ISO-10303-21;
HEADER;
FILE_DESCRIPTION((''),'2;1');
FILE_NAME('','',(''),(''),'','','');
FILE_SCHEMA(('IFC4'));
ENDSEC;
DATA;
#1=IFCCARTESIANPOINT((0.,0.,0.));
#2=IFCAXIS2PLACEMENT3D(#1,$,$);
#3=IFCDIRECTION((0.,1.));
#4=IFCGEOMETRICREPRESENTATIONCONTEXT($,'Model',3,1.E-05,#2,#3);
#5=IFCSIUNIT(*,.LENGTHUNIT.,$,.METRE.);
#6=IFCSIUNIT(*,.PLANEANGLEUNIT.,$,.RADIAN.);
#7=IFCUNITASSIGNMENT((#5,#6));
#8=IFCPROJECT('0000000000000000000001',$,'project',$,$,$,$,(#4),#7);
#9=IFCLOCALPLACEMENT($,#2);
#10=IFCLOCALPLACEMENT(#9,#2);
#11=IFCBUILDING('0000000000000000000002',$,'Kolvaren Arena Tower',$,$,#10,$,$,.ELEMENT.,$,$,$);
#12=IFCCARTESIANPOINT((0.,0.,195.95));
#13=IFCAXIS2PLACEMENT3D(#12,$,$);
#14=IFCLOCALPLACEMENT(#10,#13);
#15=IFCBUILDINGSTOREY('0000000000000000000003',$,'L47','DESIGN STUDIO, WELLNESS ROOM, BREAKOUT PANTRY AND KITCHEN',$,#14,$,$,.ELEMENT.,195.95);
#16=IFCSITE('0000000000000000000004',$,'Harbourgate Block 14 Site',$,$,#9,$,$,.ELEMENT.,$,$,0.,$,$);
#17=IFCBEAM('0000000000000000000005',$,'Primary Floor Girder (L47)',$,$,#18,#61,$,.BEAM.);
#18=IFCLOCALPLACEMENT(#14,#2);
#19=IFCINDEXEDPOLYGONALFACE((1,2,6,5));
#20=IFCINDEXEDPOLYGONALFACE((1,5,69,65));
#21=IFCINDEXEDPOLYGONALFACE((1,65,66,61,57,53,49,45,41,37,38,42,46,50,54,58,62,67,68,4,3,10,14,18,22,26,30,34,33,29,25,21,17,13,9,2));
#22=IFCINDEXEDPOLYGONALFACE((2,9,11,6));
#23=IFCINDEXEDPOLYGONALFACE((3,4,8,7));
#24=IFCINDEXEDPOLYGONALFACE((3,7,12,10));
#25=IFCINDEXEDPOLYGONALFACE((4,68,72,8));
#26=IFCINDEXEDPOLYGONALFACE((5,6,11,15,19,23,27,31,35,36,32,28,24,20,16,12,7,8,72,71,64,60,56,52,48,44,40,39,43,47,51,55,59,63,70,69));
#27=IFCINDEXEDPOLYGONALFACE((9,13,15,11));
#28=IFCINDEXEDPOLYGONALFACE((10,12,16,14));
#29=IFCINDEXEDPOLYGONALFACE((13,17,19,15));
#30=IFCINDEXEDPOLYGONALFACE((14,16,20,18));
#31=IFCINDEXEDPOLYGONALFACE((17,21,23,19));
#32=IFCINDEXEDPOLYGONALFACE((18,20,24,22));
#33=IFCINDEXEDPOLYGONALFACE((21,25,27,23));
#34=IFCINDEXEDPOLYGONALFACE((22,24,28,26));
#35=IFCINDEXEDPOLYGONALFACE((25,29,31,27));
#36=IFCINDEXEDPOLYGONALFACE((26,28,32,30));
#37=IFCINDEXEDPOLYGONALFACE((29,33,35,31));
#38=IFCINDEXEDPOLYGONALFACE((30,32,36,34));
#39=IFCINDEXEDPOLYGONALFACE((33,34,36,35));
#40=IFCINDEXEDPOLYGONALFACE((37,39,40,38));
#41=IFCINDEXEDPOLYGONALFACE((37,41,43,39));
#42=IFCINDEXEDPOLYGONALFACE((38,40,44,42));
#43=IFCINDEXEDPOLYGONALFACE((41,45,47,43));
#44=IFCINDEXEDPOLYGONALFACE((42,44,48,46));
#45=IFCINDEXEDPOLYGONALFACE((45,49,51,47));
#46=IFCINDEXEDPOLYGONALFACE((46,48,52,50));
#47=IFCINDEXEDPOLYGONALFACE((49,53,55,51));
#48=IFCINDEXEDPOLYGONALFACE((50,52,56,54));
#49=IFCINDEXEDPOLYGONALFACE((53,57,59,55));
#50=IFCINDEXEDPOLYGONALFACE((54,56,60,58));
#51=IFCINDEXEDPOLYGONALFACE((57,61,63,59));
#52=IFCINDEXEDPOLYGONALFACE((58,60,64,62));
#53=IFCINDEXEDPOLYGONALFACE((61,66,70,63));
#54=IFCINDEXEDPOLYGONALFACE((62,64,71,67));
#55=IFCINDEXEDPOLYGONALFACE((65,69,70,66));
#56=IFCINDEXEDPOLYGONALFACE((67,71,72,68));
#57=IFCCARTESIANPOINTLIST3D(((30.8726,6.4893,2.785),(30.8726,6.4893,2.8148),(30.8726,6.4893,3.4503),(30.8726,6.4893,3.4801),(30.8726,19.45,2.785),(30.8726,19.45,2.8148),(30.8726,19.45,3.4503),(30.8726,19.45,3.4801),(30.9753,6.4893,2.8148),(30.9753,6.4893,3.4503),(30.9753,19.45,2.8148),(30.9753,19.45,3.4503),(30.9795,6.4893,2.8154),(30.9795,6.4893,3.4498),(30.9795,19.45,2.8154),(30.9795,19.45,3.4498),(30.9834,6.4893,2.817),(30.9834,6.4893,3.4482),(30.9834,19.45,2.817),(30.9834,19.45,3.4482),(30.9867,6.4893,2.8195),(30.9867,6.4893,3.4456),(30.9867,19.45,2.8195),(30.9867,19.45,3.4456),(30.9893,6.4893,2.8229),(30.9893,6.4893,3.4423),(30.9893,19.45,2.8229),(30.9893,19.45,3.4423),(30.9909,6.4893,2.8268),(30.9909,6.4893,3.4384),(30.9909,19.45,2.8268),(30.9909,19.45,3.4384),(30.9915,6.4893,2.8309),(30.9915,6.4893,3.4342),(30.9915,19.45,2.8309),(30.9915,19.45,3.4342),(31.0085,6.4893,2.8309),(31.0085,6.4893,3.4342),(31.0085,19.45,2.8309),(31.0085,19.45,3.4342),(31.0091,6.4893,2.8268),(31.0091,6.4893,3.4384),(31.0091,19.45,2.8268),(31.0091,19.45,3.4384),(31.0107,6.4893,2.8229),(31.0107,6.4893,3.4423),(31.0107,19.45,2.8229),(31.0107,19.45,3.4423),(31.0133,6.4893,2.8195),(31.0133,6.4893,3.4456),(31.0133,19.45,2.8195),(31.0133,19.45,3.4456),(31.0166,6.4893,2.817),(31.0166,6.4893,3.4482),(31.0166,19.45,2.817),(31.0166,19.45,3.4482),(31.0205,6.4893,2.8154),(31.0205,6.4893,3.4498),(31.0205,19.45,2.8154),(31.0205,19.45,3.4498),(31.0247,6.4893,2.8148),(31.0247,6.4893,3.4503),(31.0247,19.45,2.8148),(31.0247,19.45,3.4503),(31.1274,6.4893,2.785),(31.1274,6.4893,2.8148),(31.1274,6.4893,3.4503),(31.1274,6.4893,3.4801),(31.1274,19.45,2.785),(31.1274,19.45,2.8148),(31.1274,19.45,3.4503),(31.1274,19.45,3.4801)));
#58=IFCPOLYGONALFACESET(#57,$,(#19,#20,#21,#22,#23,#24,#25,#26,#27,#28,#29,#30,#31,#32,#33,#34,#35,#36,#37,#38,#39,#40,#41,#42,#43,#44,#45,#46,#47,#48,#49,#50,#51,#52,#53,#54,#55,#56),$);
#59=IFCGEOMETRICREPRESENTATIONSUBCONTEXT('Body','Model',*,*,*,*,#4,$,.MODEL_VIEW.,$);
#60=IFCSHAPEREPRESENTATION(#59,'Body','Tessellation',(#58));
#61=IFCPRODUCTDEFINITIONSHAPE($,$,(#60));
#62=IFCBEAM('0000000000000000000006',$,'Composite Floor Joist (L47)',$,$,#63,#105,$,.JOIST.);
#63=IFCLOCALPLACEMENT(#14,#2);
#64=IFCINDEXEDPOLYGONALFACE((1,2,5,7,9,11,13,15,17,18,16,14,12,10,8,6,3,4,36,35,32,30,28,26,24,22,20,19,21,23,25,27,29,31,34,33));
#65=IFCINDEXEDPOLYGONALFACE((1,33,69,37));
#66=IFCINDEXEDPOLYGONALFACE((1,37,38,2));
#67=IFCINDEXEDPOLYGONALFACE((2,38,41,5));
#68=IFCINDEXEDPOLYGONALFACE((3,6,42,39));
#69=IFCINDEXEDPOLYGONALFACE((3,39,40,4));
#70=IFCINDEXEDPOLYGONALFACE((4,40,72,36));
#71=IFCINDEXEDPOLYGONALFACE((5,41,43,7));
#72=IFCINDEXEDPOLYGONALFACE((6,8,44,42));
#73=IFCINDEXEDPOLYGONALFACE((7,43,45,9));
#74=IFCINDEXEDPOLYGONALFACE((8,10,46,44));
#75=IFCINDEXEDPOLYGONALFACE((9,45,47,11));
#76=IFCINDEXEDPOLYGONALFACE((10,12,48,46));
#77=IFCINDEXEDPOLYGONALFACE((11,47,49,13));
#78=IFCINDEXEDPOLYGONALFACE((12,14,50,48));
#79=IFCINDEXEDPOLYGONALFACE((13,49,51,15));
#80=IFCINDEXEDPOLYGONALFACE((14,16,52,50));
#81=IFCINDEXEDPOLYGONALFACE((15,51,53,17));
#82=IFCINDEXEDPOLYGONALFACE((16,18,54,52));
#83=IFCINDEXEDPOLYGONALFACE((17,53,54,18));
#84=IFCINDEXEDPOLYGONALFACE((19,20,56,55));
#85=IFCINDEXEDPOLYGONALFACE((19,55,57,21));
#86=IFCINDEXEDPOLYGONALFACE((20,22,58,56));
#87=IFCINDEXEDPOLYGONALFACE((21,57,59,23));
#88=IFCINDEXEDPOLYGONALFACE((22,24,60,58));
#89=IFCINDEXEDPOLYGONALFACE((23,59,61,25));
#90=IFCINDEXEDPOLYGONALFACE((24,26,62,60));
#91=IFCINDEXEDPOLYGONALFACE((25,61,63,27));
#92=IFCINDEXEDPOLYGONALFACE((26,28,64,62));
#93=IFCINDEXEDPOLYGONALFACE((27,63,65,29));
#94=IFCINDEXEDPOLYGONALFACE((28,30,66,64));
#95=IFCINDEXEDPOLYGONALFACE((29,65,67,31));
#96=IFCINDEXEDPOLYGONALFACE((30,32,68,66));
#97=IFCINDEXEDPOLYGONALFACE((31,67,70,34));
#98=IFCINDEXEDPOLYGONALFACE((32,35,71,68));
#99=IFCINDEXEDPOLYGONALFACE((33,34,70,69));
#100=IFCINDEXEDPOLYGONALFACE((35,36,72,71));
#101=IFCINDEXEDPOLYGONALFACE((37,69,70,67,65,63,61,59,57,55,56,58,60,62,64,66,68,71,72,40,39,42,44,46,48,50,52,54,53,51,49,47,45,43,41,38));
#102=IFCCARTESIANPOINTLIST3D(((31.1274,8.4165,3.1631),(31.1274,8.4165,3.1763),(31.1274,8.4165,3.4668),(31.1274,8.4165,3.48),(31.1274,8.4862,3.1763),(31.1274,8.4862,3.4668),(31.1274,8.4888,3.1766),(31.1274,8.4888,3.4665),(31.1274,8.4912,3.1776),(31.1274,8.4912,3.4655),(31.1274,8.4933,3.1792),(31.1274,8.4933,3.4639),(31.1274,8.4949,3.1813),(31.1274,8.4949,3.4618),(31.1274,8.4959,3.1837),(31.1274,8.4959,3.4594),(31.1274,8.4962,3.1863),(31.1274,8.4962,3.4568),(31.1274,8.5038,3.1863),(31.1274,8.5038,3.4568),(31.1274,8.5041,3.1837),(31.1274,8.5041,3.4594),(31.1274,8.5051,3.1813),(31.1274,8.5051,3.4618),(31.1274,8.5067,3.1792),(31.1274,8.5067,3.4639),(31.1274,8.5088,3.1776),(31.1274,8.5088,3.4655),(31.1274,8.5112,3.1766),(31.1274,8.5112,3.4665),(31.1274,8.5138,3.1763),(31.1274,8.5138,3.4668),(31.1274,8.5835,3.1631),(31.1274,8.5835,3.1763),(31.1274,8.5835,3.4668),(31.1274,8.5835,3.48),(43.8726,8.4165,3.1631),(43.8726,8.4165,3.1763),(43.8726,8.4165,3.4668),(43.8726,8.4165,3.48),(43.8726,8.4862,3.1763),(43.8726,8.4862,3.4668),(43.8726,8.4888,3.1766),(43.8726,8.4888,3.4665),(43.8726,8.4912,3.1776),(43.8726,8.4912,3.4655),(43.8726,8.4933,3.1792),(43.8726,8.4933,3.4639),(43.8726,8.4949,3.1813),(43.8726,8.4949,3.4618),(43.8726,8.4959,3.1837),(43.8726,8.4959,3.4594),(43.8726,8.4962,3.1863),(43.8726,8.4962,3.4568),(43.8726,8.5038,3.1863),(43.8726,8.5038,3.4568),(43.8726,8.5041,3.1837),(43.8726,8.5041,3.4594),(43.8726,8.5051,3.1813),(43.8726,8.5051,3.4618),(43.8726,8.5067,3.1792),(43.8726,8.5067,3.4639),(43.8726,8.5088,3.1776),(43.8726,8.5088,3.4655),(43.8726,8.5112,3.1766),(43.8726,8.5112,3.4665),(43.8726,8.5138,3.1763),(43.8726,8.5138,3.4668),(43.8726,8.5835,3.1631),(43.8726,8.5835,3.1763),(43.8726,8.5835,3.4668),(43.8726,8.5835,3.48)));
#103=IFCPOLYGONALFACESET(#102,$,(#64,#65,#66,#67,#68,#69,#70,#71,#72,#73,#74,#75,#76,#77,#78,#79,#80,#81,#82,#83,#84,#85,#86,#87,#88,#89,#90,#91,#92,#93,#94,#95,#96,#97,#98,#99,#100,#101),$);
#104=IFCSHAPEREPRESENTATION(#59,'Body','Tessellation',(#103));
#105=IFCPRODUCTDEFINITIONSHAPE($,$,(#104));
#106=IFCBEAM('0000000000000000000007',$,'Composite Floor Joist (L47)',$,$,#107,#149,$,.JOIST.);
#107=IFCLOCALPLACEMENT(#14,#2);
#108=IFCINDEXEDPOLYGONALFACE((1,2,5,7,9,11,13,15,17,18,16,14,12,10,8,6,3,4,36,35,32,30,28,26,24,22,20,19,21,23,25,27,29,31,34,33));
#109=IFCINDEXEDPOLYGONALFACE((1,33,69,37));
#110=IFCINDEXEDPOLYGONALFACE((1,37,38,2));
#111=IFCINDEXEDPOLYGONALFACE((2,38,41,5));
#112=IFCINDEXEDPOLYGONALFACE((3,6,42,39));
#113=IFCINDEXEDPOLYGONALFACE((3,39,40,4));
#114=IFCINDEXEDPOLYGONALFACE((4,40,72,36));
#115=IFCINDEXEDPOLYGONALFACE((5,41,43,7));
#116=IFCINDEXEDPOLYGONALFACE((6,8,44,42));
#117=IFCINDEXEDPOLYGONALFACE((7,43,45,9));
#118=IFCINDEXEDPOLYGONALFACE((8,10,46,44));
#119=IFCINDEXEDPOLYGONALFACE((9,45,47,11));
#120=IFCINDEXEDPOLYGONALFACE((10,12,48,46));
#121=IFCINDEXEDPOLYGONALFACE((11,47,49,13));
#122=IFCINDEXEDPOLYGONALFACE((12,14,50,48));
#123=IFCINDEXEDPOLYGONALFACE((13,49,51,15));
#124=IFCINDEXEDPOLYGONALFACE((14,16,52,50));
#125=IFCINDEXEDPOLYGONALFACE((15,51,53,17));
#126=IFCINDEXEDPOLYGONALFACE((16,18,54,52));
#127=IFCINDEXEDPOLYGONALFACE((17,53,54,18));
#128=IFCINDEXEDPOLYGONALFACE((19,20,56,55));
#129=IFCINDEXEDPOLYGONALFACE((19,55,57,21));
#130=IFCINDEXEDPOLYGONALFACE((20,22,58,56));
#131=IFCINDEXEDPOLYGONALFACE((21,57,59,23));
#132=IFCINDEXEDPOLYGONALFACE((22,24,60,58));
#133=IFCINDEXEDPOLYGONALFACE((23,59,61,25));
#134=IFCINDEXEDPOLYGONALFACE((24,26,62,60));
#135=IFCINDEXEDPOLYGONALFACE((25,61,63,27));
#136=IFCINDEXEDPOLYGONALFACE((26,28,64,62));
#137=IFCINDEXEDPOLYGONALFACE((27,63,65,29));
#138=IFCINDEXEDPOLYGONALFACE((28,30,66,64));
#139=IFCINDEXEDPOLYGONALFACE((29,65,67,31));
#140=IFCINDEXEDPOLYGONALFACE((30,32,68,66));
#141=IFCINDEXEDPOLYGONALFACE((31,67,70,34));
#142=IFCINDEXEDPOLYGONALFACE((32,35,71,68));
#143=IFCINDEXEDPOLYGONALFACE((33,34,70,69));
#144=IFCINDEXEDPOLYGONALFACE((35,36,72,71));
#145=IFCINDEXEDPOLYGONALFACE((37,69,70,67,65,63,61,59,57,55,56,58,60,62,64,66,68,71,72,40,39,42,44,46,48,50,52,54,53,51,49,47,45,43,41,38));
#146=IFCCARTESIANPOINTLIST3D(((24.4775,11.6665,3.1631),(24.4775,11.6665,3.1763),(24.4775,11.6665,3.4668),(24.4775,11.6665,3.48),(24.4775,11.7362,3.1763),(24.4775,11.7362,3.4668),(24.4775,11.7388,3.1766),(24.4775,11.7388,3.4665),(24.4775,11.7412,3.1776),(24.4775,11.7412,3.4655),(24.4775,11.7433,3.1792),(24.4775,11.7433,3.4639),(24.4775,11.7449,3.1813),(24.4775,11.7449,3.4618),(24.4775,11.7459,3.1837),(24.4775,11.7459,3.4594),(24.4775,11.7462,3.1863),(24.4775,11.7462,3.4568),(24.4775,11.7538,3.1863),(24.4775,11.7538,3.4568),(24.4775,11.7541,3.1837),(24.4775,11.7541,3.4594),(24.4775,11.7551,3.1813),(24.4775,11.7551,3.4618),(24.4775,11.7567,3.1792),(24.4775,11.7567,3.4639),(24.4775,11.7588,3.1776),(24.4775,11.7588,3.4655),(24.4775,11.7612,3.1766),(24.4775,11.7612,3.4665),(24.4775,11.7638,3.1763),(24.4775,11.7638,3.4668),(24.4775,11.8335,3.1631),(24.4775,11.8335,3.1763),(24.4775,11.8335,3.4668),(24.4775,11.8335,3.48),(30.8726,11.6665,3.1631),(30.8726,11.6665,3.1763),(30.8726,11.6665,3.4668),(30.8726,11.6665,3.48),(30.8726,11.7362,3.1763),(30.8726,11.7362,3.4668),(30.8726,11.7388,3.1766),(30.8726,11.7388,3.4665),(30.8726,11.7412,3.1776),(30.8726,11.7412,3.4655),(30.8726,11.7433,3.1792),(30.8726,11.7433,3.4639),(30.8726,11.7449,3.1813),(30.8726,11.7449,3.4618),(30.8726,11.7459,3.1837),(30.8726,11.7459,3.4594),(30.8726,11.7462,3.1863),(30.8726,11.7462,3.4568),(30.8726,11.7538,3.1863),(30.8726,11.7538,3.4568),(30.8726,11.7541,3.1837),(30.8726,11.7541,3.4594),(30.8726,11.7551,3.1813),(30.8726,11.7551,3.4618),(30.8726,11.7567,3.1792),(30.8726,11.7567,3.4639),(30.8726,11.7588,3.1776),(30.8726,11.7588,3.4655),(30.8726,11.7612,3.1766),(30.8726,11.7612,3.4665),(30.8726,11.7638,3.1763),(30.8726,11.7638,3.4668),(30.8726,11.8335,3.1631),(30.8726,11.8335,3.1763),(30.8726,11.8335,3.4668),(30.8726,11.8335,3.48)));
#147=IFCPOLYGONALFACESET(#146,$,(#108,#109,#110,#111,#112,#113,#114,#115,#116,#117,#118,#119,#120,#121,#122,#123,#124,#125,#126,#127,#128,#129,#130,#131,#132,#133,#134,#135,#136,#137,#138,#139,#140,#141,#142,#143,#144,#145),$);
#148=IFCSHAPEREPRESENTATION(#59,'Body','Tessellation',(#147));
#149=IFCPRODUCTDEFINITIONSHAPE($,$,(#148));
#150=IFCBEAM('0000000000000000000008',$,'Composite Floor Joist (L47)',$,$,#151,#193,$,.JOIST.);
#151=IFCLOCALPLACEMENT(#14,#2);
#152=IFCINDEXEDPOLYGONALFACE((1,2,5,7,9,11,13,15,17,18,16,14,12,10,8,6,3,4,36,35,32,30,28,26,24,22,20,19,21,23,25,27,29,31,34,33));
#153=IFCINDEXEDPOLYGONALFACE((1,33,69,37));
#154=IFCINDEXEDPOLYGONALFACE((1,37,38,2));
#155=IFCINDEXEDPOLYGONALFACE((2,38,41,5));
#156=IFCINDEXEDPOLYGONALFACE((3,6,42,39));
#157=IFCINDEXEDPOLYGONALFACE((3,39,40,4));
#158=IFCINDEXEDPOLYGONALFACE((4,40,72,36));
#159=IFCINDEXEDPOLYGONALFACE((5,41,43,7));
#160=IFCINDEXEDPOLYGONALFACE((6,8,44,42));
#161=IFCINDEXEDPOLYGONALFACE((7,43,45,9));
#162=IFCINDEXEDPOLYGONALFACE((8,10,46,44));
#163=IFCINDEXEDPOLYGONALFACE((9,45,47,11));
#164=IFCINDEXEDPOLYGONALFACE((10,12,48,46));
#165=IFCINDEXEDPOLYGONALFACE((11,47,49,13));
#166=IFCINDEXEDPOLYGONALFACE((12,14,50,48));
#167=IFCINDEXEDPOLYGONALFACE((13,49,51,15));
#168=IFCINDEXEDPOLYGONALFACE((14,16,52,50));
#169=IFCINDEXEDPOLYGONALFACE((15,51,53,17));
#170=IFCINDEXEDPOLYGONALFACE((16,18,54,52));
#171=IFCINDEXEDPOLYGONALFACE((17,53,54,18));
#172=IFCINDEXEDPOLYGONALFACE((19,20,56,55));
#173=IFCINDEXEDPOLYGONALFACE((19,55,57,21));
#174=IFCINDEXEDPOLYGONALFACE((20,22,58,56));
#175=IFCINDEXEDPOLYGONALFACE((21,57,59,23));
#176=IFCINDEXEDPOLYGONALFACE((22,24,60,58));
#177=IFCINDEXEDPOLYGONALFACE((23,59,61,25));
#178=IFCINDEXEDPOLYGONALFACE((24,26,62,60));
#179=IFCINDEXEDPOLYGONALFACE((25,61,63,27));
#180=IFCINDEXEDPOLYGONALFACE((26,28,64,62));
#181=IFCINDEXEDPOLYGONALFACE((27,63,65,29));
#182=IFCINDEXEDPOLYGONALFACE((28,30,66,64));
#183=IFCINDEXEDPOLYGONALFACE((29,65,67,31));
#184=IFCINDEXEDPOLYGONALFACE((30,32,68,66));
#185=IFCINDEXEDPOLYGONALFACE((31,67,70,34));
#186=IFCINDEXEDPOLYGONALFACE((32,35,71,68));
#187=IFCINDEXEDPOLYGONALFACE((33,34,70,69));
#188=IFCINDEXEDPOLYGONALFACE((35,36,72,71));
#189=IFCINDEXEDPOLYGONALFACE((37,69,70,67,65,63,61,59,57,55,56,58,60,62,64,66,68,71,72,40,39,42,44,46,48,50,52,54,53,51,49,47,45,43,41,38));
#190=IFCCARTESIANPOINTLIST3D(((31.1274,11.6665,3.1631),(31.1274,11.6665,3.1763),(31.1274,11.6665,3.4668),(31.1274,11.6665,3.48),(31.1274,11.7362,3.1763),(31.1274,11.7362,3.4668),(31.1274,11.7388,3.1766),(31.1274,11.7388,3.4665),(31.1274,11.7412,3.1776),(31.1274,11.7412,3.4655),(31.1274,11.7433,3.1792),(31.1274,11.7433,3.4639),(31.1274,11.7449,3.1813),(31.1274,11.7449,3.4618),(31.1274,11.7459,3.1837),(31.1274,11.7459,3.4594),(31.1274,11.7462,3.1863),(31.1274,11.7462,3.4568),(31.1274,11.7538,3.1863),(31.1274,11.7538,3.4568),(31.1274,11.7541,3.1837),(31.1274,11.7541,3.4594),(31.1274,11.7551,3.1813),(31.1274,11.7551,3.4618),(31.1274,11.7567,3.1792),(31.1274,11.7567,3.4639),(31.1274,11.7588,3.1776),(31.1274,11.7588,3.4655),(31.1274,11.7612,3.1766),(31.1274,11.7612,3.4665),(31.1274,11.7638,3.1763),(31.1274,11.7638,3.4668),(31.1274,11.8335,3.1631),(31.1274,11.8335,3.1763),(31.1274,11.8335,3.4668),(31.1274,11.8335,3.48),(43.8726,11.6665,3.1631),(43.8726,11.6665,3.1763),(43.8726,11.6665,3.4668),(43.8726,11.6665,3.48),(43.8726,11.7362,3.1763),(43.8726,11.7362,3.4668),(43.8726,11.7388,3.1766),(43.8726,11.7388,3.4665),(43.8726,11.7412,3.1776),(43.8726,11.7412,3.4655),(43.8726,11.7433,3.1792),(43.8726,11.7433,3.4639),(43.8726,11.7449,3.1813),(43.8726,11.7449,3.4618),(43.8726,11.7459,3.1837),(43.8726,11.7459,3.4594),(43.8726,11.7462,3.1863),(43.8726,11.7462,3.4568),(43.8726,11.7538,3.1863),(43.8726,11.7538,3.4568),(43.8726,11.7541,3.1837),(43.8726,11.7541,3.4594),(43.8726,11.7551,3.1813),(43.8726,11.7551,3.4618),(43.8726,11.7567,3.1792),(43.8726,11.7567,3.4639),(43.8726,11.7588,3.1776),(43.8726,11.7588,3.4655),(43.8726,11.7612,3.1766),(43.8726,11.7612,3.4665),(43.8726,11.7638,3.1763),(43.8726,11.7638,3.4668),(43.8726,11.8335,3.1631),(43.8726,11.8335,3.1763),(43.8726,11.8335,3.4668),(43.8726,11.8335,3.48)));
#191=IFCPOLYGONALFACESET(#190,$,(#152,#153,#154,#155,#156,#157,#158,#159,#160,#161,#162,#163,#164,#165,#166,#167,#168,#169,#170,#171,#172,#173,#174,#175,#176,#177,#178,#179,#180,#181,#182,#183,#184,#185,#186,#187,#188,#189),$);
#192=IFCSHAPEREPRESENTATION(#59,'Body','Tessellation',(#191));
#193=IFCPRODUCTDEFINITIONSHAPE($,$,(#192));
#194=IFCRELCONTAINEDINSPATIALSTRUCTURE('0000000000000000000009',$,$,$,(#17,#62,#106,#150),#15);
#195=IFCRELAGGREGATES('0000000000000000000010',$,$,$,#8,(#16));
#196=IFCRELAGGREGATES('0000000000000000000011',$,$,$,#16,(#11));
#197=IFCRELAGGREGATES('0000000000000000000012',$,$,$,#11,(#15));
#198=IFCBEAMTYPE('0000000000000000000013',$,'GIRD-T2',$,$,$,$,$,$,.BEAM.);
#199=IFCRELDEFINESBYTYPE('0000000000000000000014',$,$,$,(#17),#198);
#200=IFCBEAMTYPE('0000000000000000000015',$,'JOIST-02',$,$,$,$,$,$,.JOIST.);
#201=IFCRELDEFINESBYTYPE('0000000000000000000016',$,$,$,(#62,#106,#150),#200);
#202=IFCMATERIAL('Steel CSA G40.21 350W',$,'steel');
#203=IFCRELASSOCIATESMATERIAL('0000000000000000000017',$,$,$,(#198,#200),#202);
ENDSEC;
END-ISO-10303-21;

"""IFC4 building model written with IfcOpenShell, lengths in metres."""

from ifc_helpers import new_model, si_unit, direction, frame, origin, origin_2d, place, context, subcontext, project, spatial, i_section, extrude, material, material_profile, profile_set, type_object, element, save


model = new_model("IFC4")

# Units and contexts
model_context = context("Model", 3, precision=1e-05, world=origin(), true_north=direction((0.0, 1.0)))
body_context = subcontext(model_context, "Body", "Model", "MODEL_VIEW")
ifc_project = project(units=[si_unit("LENGTHUNIT", "METRE"), si_unit("PLANEANGLEUNIT", "RADIAN")], contexts=[model_context])

# Site, building, storey
site_placement = place(None, origin())
site = spatial("IfcSite", under=ifc_project, at=site_placement, Name="Harbourgate Block 14 Site", CompositionType="ELEMENT", RefElevation=0.0)
building_placement = place(site_placement, origin())
building = spatial("IfcBuilding", under=site, at=building_placement, Name="Kolvaren Arena Tower", CompositionType="ELEMENT")
storey_placement = place(building_placement, frame((0.0, 0.0, 195.95)))
storey = spatial("IfcBuildingStorey", under=building, at=storey_placement, Name="L47", Description="DESIGN STUDIO, WELLNESS ROOM, BREAKOUT PANTRY AND KITCHEN", CompositionType="ELEMENT", Elevation=195.95)

# Beams
ifc_material_1 = material(Name="Steel CSA G40.21 350W", Category="steel")
ifc_material_profile_1 = material_profile(ifc_material_1, i_section(OverallWidth=0.2549, OverallDepth=0.6951, WebThickness=0.0171, FlangeThickness=0.0298, FilletRadius=0.0161, at=origin_2d()), Name="W690x217")
ifc_profile_set_1 = profile_set([ifc_material_profile_1], Name="Steel CSA G40.21 350W")
beam_type_1 = type_object("IfcBeamType", Name="GIRD-T2", PredefinedType="BEAM", material=ifc_profile_set_1)
beam_1_placement = place(storey_placement, frame((31.0, 6.4893, 3.1326), z_axis=(0.0, 1.0, 0.0), x_axis=(-1.0, 0.0, 0.0)))
element("IfcBeam", 1, at=beam_1_placement, inside=storey, type_object=beam_type_1, Name="Primary Floor Girder (L47)", PredefinedType="BEAM", context=body_context, shape_type="SweptSolid", body=[
    extrude(i_section(OverallWidth=0.2549, OverallDepth=0.6951, WebThickness=0.0171, FlangeThickness=0.0298, FilletRadius=0.0161, at=origin_2d()), origin(), (0.0, 0.0, 1.0), 12.9607),
])
ifc_material_profile_2 = material_profile(ifc_material_1, i_section(OverallWidth=0.167, OverallDepth=0.3169, WebThickness=0.0076, FlangeThickness=0.0132, FilletRadius=0.01, at=origin_2d()), Name="W310x52")
ifc_profile_set_2 = profile_set([ifc_material_profile_2], Name="Steel CSA G40.21 350W")
beam_type_2 = type_object("IfcBeamType", Name="JOIST-02", PredefinedType="JOIST", material=ifc_profile_set_2)
beam_2_placement = place(storey_placement, frame((31.1274, 8.5, 3.3215), z_axis=(1.0, 0.0, 0.0), x_axis=(0.0, 1.0, 0.0)))
element("IfcBeam", 2, at=beam_2_placement, inside=storey, type_object=beam_type_2, Name="Composite Floor Joist (L47)", PredefinedType="JOIST", context=body_context, shape_type="SweptSolid", body=[
    extrude(i_section(OverallWidth=0.167, OverallDepth=0.3169, WebThickness=0.0076, FlangeThickness=0.0132, FilletRadius=0.01, at=origin_2d()), origin(), (0.0, 0.0, 1.0), 12.7451),
])
beam_3_placement = place(storey_placement, frame((24.4775, 11.75, 3.3215), z_axis=(1.0, 0.0, 0.0), x_axis=(0.0, 1.0, 0.0)))
element("IfcBeam", 3, at=beam_3_placement, inside=storey, type_object=beam_type_2, Name="Composite Floor Joist (L47)", PredefinedType="JOIST", context=body_context, shape_type="SweptSolid", body=[
    extrude(i_section(OverallWidth=0.167, OverallDepth=0.3169, WebThickness=0.0076, FlangeThickness=0.0132, FilletRadius=0.01, at=origin_2d()), origin(), (0.0, 0.0, 1.0), 6.395),
])
beam_4_placement = place(storey_placement, frame((31.1274, 11.75, 3.3215), z_axis=(1.0, 0.0, 0.0), x_axis=(0.0, 1.0, 0.0)))
element("IfcBeam", 4, at=beam_4_placement, inside=storey, type_object=beam_type_2, Name="Composite Floor Joist (L47)", PredefinedType="JOIST", context=body_context, shape_type="SweptSolid", body=[
    extrude(i_section(OverallWidth=0.167, OverallDepth=0.3169, WebThickness=0.0076, FlangeThickness=0.0132, FilletRadius=0.01, at=origin_2d()), origin(), (0.0, 0.0, 1.0), 12.7451),
])

save(model, "model.ifc")
